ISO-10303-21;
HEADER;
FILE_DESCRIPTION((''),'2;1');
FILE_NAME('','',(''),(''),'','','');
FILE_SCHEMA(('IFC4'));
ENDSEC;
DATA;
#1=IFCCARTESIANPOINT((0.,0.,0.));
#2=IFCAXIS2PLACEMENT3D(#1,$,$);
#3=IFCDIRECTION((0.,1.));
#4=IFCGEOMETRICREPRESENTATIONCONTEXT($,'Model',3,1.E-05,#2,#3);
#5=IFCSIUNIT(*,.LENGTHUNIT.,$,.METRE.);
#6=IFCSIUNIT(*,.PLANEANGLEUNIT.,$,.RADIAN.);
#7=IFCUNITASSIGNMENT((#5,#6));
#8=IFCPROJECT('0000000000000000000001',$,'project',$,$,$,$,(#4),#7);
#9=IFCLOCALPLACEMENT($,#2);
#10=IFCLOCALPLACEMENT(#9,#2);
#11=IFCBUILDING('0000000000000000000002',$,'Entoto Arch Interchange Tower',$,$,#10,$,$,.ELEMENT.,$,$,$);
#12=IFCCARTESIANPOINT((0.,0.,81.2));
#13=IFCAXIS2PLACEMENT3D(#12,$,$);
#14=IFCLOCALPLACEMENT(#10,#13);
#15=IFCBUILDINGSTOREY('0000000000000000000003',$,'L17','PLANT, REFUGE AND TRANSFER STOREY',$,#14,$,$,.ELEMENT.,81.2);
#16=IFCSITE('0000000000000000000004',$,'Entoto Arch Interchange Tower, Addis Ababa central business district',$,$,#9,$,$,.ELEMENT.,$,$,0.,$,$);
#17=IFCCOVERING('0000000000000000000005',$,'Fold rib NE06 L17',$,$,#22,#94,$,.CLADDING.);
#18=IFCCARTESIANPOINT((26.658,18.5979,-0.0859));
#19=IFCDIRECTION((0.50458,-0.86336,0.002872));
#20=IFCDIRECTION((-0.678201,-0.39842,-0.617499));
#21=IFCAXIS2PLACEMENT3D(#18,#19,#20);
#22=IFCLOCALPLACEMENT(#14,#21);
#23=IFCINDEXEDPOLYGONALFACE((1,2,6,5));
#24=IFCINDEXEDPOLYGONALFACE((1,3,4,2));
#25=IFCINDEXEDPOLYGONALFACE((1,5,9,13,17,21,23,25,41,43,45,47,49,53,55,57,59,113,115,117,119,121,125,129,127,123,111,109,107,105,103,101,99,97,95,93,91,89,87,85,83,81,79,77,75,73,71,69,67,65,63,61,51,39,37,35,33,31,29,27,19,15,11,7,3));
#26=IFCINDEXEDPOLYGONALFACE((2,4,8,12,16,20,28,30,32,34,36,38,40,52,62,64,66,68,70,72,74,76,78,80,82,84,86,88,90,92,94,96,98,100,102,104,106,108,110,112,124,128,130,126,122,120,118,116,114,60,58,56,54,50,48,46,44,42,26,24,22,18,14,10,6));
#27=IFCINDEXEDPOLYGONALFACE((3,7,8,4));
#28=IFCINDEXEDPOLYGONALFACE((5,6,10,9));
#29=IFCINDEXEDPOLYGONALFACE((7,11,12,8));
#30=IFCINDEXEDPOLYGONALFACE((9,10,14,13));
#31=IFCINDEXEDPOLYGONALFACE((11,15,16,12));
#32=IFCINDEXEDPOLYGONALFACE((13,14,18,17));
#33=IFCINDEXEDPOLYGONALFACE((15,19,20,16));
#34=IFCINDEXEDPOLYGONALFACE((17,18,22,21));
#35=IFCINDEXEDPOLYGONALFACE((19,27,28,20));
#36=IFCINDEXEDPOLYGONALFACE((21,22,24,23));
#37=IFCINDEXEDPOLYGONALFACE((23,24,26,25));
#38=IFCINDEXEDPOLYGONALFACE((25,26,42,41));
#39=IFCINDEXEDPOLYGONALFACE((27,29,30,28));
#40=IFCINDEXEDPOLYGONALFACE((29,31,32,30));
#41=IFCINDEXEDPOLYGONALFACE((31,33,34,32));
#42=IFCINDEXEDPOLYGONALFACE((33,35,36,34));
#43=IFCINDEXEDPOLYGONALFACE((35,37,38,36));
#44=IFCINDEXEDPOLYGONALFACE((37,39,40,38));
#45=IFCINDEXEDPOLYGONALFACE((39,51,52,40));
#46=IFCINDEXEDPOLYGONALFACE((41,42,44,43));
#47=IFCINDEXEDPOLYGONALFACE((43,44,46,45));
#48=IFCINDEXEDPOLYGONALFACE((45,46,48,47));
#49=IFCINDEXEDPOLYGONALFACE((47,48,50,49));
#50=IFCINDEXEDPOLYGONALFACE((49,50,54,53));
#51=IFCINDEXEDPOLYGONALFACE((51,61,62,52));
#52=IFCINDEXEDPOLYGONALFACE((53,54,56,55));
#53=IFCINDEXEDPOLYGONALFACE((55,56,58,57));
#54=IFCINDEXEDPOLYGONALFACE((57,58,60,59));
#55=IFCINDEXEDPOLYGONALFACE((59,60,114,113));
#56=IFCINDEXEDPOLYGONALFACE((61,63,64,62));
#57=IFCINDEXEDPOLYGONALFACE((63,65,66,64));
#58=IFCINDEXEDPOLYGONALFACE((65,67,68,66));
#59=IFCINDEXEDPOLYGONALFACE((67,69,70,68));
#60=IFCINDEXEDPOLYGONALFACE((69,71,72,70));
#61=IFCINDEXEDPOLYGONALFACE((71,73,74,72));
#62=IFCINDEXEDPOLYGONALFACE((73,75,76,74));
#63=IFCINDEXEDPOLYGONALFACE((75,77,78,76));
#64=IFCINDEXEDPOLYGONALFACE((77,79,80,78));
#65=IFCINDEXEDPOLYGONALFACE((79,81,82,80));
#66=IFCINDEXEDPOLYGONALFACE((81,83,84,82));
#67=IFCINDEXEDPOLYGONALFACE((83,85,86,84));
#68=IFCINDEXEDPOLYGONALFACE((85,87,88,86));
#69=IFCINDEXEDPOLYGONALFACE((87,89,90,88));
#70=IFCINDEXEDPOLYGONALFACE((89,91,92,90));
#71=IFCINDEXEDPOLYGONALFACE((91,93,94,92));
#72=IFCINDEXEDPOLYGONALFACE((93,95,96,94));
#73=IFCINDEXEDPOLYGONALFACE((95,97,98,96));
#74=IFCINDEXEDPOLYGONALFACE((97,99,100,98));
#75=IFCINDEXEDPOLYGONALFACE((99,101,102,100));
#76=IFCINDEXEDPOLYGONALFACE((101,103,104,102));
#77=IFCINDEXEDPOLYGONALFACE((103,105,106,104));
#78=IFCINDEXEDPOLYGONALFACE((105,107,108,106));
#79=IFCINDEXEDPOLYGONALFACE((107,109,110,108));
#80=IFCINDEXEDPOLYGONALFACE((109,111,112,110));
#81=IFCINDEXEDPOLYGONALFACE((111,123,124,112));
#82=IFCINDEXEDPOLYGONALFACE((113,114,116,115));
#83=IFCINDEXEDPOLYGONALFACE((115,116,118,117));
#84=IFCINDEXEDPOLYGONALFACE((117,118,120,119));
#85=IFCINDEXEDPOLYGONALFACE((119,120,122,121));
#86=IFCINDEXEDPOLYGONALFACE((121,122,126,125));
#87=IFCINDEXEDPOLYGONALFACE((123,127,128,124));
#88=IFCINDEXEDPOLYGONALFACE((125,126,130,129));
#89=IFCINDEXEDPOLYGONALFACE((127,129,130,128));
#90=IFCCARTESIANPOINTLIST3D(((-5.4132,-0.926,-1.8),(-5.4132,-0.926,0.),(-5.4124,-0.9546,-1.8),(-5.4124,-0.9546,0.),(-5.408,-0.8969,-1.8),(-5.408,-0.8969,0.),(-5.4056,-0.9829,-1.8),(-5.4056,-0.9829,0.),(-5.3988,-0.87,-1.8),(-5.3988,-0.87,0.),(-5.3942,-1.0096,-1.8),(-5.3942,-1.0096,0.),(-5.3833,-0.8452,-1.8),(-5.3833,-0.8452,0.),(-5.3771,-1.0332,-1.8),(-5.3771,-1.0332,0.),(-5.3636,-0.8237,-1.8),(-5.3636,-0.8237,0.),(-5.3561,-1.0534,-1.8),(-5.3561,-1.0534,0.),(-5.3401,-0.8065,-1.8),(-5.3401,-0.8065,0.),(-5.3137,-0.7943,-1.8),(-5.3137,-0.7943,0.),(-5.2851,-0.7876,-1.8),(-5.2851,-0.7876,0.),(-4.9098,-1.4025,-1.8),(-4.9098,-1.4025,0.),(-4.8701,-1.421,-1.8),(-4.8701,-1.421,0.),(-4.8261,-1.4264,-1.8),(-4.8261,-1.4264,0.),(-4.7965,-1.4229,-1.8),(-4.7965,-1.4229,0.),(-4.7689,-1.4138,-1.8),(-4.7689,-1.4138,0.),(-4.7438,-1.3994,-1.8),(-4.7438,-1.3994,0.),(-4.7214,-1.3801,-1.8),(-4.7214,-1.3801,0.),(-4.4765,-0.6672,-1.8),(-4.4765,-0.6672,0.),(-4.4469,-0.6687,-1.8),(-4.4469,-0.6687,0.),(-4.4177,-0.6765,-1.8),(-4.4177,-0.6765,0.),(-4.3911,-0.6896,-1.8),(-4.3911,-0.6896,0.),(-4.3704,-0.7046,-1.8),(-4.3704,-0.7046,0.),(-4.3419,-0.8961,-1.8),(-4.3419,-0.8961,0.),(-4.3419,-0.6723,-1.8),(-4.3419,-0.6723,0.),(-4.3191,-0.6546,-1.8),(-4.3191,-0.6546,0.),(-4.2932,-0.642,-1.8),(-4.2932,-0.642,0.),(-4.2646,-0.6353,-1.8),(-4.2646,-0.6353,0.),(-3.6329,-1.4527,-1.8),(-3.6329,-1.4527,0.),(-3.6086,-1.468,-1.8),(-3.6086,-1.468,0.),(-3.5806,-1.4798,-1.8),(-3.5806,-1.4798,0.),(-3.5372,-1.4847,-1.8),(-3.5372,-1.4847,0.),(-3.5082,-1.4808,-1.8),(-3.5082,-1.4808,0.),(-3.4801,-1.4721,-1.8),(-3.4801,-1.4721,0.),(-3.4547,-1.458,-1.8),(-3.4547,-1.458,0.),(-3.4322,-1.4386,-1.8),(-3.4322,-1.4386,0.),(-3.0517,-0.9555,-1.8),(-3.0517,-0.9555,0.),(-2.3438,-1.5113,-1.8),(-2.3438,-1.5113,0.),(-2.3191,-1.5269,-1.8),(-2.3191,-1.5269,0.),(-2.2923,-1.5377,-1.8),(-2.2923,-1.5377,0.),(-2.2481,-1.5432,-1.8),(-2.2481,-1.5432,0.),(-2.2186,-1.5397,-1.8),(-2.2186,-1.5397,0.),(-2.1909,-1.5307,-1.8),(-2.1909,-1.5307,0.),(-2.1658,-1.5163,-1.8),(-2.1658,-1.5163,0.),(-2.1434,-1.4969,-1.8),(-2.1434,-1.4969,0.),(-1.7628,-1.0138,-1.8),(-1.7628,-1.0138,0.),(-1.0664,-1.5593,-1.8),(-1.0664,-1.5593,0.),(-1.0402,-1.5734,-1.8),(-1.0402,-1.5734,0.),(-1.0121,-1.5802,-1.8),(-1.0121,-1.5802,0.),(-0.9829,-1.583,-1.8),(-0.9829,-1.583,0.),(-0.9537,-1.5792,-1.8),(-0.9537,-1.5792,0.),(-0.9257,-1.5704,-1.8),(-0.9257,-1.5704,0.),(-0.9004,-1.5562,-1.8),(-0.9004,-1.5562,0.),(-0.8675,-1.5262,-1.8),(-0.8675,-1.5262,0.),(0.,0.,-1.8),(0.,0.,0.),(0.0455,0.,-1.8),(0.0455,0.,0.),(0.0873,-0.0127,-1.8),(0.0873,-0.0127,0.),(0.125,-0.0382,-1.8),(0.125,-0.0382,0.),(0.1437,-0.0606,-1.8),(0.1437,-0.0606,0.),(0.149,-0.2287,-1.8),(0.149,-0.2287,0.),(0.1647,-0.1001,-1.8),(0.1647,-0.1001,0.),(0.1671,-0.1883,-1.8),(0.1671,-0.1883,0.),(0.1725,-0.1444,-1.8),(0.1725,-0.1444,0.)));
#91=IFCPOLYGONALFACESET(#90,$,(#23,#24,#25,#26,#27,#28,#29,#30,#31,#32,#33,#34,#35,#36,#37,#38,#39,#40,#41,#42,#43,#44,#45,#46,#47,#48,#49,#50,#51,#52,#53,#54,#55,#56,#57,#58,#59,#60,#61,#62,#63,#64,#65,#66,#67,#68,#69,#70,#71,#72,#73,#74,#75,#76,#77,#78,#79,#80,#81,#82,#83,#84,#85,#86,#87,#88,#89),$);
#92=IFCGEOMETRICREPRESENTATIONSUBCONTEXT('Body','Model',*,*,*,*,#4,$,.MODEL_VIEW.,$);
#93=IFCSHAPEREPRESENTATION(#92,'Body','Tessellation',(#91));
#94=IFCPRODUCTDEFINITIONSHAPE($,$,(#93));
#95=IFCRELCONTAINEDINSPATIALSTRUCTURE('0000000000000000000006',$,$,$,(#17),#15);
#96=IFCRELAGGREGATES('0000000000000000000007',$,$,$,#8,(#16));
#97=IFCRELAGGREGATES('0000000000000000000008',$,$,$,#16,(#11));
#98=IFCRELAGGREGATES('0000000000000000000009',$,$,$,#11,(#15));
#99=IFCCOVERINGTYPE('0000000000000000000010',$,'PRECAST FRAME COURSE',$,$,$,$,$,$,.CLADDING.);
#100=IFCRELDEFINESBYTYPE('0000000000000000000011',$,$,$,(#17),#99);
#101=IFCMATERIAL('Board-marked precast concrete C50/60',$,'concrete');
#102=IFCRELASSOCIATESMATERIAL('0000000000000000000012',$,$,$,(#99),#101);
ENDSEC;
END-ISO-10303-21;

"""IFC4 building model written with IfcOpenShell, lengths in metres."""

from ifc_helpers import new_model, si_unit, direction, frame, origin, place, context, subcontext, project, spatial, polyline, outline, extrude, material, type_object, element, save


model = new_model("IFC4")

# Units and contexts
model_context = context("Model", 3, precision=1e-05, world=origin(), true_north=direction((0.0, 1.0)))
body_context = subcontext(model_context, "Body", "Model", "MODEL_VIEW")
ifc_project = project(units=[si_unit("LENGTHUNIT", "METRE"), si_unit("PLANEANGLEUNIT", "RADIAN")], contexts=[model_context])

# Site, building, storey
site_placement = place(None, origin())
site = spatial("IfcSite", under=ifc_project, at=site_placement, Name="Entoto Arch Interchange Tower, Addis Ababa central business district", CompositionType="ELEMENT", RefElevation=0.0)
building_placement = place(site_placement, origin())
building = spatial("IfcBuilding", under=site, at=building_placement, Name="Entoto Arch Interchange Tower", CompositionType="ELEMENT")
storey_placement = place(building_placement, frame((0.0, 0.0, 81.2)))
storey = spatial("IfcBuildingStorey", under=building, at=storey_placement, Name="L17", Description="PLANT, REFUGE AND TRANSFER STOREY", CompositionType="ELEMENT", Elevation=81.2)

# Shared definitions
ifc_material_1 = material(Name="Board-marked precast concrete C50/60", Category="concrete")

# Covering
covering_type = type_object("IfcCoveringType", Name="PRECAST FRAME COURSE", PredefinedType="CLADDING", material=ifc_material_1)
covering_placement = place(storey_placement, frame((26.658, 18.5979, -0.0859), z_axis=(0.50458, -0.86336, 0.002872), x_axis=(-0.678201, -0.39842, -0.617499)))
element("IfcCovering", 1, at=covering_placement, inside=storey, type_object=covering_type, Name="Fold rib NE06 L17", PredefinedType="CLADDING", context=body_context, shape_type="SweptSolid", body=[
    extrude(outline(polyline([(0.0, 0.0), (0.0455, 0.0), (0.0873, -0.0127), (0.125, -0.0382), (0.1437, -0.0606), (0.1647, -0.1001), (0.1725, -0.1444), (0.1671, -0.1883), (0.149, -0.2287), (-0.8675, -1.5262), (-0.9004, -1.5562), (-0.9257, -1.5704), (-0.9537, -1.5792), (-0.9829, -1.583), (-1.0121, -1.5802), (-1.0402, -1.5734), (-1.0664, -1.5593), (-1.7628, -1.0138), (-2.1434, -1.4969), (-2.1658, -1.5163), (-2.1909, -1.5307), (-2.2186, -1.5397), (-2.2481, -1.5432), (-2.2923, -1.5377), (-2.3191, -1.5269), (-2.3438, -1.5113), (-3.0517, -0.9555), (-3.4322, -1.4386), (-3.4547, -1.458), (-3.4801, -1.4721), (-3.5082, -1.4808), (-3.5372, -1.4847), (-3.5806, -1.4798), (-3.6086, -1.468), (-3.6329, -1.4527), (-4.3419, -0.8961), (-4.7214, -1.3801), (-4.7438, -1.3994), (-4.7689, -1.4138), (-4.7965, -1.4229), (-4.8261, -1.4264), (-4.8701, -1.421), (-4.9098, -1.4025), (-5.3561, -1.0534), (-5.3771, -1.0332), (-5.3942, -1.0096), (-5.4056, -0.9829), (-5.4124, -0.9546), (-5.4132, -0.926), (-5.408, -0.8969), (-5.3988, -0.87), (-5.3833, -0.8452), (-5.3636, -0.8237), (-5.3401, -0.8065), (-5.3137, -0.7943), (-5.2851, -0.7876), (-4.4765, -0.6672), (-4.4469, -0.6687), (-4.4177, -0.6765), (-4.3911, -0.6896), (-4.3704, -0.7046), (-4.3419, -0.6723), (-4.3191, -0.6546), (-4.2932, -0.642), (-4.2646, -0.6353), (0.0, 0.0)])), origin(), (0.0, 0.0, -1.0), 1.8),
])

save(model, "model.ifc")
